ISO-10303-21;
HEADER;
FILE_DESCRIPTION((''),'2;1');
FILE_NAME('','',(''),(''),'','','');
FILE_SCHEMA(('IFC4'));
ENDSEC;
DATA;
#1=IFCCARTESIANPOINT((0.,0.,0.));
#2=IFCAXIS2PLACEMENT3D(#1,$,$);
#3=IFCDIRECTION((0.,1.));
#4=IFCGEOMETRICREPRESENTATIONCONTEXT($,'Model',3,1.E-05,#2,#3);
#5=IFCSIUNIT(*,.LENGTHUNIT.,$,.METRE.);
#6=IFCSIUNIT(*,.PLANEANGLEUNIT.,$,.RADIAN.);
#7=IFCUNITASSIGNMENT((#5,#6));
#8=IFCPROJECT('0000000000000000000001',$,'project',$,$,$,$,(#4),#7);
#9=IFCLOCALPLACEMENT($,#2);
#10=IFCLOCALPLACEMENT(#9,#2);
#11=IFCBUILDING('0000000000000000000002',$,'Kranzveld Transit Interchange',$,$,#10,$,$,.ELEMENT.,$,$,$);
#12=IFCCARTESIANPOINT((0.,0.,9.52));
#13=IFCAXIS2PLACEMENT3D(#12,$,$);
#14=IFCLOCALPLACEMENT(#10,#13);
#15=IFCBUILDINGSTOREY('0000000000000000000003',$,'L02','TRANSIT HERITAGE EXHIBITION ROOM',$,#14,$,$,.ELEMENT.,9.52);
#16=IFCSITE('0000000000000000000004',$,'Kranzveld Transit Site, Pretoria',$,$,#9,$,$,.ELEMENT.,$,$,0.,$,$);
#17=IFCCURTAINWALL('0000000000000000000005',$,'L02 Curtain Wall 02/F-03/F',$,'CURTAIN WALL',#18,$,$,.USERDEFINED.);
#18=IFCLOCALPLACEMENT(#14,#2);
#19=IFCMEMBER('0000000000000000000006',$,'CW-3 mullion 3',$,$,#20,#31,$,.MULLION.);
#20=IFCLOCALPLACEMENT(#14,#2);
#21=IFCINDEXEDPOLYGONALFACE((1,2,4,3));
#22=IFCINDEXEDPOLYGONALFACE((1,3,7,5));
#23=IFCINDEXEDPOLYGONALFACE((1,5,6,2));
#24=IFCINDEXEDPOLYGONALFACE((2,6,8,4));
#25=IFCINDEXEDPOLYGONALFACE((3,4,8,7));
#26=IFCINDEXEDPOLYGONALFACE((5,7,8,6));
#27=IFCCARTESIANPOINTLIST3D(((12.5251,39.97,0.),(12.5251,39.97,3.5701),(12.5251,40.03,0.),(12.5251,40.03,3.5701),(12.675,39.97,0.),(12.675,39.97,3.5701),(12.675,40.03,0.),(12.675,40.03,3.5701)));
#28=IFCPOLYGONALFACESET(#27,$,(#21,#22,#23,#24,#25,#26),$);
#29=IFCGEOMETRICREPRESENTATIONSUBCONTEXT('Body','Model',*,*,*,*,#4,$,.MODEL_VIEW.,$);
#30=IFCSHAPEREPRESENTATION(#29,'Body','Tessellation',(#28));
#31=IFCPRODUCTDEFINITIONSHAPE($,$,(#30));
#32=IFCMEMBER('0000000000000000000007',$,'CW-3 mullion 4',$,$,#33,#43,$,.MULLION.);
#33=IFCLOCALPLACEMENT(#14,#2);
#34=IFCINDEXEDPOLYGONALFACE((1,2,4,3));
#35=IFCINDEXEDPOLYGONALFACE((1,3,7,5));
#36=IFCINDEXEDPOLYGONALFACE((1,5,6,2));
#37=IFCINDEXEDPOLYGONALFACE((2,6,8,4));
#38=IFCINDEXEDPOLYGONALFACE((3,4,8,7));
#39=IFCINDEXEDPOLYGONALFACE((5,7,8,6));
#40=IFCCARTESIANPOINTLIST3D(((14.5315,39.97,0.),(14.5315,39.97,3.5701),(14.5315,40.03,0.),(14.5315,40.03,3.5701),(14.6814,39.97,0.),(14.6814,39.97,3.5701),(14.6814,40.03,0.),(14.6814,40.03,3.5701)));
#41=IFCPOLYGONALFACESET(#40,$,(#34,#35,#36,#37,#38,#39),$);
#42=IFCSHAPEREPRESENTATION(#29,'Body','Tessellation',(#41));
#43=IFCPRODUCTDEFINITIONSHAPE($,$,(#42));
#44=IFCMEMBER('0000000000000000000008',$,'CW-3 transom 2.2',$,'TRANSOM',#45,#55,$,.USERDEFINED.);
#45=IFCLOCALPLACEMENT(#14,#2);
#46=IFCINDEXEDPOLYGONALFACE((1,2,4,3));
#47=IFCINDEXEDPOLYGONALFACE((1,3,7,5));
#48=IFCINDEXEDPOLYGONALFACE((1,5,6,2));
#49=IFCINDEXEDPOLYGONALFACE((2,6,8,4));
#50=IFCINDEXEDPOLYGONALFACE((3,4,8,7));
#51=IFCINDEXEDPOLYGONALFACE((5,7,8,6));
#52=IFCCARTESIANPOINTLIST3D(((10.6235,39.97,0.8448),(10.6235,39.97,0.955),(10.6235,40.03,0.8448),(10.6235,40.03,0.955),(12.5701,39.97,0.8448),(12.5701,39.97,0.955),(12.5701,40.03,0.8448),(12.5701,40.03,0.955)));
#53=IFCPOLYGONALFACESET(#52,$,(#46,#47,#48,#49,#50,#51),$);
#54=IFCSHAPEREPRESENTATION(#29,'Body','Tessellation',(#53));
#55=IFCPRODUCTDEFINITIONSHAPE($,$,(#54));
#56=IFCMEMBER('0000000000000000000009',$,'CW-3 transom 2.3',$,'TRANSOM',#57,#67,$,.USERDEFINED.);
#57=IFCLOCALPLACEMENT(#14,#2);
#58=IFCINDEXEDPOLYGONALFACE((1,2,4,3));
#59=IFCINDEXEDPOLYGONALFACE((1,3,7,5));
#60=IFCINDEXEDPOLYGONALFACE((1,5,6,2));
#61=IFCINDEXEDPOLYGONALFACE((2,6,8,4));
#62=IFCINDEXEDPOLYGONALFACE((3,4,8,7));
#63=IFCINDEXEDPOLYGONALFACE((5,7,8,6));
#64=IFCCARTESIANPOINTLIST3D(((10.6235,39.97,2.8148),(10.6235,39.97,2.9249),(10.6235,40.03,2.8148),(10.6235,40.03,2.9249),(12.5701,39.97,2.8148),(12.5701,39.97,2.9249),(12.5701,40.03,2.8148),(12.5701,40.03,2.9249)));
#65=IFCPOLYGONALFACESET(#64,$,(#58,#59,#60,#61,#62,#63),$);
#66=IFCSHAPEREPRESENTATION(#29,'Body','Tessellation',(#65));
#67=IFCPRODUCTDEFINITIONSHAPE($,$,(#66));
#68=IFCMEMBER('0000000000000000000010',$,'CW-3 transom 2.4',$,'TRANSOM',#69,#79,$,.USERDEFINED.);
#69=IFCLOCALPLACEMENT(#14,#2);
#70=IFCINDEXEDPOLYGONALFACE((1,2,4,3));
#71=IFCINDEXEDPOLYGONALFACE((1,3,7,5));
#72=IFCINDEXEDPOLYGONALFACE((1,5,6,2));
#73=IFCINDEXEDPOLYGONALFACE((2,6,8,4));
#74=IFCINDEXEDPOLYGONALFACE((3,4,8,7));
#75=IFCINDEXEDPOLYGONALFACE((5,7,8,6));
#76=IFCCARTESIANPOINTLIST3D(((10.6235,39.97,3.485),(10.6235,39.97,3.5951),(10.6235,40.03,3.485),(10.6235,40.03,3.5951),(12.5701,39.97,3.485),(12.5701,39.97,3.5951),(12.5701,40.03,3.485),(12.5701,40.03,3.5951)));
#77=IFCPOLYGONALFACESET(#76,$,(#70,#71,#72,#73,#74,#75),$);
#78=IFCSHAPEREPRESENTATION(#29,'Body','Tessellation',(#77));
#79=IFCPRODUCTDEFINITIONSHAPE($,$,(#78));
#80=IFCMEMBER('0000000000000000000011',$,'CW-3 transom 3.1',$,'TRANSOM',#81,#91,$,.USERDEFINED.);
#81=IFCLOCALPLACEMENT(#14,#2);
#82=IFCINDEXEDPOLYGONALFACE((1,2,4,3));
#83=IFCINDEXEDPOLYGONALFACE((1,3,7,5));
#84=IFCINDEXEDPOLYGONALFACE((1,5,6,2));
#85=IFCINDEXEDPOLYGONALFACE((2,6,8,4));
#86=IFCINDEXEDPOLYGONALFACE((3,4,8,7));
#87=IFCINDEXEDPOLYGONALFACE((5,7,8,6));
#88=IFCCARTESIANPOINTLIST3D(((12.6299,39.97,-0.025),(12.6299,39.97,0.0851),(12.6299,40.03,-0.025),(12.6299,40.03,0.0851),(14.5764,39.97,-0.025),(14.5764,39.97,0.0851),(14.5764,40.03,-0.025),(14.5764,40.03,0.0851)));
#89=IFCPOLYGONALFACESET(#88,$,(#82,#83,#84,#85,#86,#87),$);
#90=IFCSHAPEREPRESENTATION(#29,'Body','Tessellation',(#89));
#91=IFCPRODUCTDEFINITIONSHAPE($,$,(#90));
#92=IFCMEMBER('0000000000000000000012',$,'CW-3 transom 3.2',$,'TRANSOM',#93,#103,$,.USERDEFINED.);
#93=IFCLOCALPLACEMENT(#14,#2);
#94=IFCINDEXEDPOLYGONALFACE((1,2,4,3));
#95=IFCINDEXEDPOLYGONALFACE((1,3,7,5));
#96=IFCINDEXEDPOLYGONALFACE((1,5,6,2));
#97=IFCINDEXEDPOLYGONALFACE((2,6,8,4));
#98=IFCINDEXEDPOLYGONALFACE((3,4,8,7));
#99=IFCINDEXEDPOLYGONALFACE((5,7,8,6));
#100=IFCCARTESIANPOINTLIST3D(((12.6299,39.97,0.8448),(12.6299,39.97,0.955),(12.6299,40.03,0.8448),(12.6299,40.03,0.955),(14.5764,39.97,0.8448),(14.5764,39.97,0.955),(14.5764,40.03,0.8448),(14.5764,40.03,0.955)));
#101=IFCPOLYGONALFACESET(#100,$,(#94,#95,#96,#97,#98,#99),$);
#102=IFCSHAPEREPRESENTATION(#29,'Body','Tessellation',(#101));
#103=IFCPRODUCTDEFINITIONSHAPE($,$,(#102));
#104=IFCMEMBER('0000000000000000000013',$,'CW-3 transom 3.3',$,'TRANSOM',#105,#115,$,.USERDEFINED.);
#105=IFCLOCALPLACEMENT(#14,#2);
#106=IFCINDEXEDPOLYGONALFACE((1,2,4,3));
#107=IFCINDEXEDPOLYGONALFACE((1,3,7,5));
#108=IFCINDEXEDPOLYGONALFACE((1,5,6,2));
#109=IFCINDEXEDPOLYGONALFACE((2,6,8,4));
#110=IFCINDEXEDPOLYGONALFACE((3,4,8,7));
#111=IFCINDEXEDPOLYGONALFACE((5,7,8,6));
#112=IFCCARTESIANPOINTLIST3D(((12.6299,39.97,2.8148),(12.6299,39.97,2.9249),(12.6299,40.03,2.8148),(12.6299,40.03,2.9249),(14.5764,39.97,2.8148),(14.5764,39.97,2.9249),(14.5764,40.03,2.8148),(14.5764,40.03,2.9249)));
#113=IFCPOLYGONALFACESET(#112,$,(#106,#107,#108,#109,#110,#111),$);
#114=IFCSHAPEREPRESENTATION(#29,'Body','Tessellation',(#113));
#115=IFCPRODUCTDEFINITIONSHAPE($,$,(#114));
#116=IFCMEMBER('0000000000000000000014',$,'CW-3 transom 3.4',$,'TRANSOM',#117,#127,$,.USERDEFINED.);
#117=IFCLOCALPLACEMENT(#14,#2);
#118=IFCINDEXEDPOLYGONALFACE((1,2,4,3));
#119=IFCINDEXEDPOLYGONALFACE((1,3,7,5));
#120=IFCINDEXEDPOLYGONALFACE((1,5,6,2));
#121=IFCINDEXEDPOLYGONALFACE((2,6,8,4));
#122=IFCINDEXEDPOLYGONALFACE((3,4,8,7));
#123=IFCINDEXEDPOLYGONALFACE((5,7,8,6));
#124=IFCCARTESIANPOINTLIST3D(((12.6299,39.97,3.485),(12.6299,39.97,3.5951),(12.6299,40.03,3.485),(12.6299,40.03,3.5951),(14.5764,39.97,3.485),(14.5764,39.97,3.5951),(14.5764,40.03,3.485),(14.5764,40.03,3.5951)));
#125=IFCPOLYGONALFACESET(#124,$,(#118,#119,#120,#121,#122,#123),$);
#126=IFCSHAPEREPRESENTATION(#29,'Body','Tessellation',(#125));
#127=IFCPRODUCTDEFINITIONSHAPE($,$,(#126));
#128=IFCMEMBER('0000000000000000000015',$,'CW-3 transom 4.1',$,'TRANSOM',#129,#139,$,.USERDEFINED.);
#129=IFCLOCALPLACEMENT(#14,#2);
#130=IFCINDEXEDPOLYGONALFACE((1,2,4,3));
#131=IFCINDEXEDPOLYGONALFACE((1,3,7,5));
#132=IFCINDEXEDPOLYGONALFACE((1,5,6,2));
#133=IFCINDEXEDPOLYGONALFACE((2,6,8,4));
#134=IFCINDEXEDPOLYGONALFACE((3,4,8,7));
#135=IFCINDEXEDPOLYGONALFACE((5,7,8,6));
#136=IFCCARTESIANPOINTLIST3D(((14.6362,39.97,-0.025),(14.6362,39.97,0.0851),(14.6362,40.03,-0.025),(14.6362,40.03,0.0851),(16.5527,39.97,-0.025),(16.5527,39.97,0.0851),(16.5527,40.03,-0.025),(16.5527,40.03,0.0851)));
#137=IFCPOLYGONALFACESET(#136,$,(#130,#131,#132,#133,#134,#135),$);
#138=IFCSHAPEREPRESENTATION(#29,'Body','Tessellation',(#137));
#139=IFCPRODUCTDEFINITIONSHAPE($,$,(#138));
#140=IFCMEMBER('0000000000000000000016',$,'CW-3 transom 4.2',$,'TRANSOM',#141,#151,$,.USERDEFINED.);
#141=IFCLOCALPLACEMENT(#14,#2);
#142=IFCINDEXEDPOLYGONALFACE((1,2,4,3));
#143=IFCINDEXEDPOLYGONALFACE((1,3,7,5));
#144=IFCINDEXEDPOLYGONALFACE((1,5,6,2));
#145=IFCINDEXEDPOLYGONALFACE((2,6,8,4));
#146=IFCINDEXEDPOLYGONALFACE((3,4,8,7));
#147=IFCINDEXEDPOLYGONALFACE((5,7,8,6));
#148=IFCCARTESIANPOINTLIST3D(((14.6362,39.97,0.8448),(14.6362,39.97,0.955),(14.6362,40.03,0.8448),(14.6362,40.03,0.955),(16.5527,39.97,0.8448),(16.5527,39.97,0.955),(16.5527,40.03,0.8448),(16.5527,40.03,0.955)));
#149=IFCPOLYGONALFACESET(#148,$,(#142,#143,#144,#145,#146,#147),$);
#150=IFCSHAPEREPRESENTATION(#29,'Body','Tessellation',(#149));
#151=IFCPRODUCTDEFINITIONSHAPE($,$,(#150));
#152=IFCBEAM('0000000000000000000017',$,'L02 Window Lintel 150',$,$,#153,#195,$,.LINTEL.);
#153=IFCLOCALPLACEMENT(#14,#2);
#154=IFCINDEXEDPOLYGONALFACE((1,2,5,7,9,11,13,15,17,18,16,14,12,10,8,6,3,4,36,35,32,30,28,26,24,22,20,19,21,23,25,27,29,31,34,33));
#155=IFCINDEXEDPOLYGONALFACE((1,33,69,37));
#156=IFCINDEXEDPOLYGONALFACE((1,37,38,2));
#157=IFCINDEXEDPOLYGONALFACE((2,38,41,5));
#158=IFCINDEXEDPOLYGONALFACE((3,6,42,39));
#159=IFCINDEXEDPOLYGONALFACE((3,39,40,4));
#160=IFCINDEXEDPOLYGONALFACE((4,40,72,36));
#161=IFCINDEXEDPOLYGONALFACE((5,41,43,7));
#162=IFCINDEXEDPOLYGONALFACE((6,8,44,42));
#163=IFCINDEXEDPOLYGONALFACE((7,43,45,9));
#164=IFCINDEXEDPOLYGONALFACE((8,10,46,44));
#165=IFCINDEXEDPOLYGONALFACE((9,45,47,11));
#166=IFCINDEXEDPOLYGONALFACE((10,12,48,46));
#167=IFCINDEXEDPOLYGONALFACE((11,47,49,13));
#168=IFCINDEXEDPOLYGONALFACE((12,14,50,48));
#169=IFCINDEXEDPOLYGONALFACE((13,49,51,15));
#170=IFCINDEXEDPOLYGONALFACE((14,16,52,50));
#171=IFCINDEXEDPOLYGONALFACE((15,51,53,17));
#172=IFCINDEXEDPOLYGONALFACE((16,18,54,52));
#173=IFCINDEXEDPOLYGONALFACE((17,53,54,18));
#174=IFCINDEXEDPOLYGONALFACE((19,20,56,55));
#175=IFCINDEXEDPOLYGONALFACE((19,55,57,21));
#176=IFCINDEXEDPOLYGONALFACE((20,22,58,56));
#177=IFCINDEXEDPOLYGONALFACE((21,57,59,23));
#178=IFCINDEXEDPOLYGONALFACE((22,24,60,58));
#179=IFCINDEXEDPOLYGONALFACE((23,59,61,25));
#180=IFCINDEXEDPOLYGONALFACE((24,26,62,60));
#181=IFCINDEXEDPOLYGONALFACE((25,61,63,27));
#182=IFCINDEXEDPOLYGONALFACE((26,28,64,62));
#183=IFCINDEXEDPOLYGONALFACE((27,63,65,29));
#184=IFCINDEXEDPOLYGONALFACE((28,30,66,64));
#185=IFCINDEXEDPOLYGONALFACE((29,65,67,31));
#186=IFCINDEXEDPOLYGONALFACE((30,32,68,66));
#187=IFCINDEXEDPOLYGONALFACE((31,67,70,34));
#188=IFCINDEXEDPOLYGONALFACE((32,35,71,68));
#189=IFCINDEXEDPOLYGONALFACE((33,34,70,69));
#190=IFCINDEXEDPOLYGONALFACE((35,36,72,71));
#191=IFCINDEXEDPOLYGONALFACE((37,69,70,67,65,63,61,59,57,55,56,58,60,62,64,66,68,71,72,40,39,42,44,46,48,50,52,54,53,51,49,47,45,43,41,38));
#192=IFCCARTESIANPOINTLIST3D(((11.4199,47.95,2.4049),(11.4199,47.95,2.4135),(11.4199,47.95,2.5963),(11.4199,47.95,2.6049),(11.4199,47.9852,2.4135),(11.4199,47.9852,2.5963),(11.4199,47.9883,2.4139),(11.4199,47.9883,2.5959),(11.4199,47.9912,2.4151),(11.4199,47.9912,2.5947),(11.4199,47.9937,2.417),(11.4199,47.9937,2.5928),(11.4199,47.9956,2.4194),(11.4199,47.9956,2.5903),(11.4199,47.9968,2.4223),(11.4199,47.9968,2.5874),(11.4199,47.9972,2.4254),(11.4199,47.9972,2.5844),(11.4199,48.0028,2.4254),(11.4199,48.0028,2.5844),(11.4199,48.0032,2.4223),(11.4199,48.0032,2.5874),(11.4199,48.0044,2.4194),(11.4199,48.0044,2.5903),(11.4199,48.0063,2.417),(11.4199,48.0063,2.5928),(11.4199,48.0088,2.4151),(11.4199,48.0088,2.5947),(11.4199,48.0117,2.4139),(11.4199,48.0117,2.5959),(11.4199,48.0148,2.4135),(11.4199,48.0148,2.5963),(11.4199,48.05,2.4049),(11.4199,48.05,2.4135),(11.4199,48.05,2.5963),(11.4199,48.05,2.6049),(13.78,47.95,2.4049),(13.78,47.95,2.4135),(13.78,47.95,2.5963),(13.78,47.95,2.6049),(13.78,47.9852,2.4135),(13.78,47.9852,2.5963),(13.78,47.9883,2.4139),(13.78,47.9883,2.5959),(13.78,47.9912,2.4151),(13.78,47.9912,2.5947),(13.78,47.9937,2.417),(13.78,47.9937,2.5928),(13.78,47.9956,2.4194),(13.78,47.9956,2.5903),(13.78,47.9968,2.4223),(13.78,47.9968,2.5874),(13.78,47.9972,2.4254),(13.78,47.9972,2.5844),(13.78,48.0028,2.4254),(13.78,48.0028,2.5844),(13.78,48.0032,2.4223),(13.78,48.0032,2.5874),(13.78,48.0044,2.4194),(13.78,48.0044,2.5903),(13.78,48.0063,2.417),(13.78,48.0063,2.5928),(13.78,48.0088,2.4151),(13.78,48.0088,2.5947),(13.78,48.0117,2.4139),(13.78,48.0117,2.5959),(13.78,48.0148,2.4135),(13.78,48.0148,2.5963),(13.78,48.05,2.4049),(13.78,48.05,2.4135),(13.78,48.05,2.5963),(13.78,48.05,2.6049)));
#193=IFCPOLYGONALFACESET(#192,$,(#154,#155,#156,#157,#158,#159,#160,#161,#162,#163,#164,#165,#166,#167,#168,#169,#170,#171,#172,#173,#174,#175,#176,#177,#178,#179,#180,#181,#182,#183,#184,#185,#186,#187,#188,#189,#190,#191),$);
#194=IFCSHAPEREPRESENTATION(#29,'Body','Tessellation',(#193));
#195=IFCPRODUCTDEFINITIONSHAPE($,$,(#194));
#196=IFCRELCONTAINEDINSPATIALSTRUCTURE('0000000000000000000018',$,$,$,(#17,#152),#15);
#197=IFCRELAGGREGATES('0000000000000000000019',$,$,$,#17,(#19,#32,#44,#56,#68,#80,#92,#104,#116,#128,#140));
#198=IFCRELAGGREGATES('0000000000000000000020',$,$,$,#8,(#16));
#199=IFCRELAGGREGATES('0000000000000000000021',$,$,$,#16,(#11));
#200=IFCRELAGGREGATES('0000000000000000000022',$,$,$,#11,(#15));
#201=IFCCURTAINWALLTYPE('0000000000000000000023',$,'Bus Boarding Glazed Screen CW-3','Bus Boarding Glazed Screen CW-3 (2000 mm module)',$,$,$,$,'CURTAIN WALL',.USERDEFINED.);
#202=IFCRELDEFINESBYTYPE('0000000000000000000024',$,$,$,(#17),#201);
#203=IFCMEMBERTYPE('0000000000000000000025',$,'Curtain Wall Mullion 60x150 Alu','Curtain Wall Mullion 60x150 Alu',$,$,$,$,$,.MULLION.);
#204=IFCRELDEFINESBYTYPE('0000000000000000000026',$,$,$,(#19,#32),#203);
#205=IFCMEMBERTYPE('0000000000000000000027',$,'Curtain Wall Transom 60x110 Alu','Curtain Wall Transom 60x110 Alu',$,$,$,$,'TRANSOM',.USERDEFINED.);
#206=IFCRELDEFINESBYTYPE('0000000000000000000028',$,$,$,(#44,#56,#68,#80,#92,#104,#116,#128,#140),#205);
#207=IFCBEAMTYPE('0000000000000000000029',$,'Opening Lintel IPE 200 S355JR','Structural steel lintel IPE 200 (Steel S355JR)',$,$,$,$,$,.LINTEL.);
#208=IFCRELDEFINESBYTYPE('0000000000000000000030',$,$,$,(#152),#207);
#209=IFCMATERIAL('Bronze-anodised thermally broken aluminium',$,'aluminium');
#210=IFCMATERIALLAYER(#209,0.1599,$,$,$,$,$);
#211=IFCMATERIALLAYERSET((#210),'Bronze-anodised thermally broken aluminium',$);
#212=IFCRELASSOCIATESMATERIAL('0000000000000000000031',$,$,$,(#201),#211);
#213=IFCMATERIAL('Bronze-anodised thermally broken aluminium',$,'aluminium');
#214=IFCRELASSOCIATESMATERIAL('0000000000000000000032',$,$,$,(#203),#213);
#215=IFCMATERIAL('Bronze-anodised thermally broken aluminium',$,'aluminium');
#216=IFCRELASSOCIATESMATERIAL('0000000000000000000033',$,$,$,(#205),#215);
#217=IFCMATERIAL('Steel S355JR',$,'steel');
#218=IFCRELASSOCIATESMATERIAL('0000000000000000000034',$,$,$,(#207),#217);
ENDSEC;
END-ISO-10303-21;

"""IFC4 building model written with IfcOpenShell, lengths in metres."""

from ifc_helpers import new_model, si_unit, direction, frame, origin, origin_2d, place, context, subcontext, project, spatial, rectangle, i_section, extrude, material, layer, layer_set, material_profile, profile_set, type_object, element, aggregate, save


model = new_model("IFC4")

# Units and contexts
model_context = context("Model", 3, precision=1e-05, world=origin(), true_north=direction((0.0, 1.0)))
body_context = subcontext(model_context, "Body", "Model", "MODEL_VIEW")
ifc_project = project(units=[si_unit("LENGTHUNIT", "METRE"), si_unit("PLANEANGLEUNIT", "RADIAN")], contexts=[model_context])

# Site, building, storey
site_placement = place(None, origin())
site = spatial("IfcSite", under=ifc_project, at=site_placement, Name="Kranzveld Transit Site, Pretoria", CompositionType="ELEMENT", RefElevation=0.0)
building_placement = place(site_placement, origin())
building = spatial("IfcBuilding", under=site, at=building_placement, Name="Kranzveld Transit Interchange", CompositionType="ELEMENT")
storey_placement = place(building_placement, frame((0.0, 0.0, 9.52)))
storey = spatial("IfcBuildingStorey", under=building, at=storey_placement, Name="L02", Description="TRANSIT HERITAGE EXHIBITION ROOM", CompositionType="ELEMENT", Elevation=9.52)

# Curtain wall, members
ifc_material_1 = material(Name="Bronze-anodised thermally broken aluminium", Category="aluminium")
ifc_layer_1 = layer(ifc_material_1, 0.1599)
ifc_layer_set_1 = layer_set([ifc_layer_1], Name="Bronze-anodised thermally broken aluminium")
curtain_wall_type = type_object("IfcCurtainWallType", Name="Bus Boarding Glazed Screen CW-3", Description="Bus Boarding Glazed Screen CW-3 (2000 mm module)", ElementType="CURTAIN WALL", PredefinedType="USERDEFINED", material=ifc_layer_set_1)
curtain_wall_placement = place(storey_placement, origin())
curtain_wall = element("IfcCurtainWall", 1, at=curtain_wall_placement, inside=storey, type_object=curtain_wall_type, Name="L02 Curtain Wall 02/F-03/F", ObjectType="CURTAIN WALL", PredefinedType="USERDEFINED")
ifc_material_2 = material(Name="Bronze-anodised thermally broken aluminium", Category="aluminium")
ifc_material_profile_1 = material_profile(ifc_material_2, rectangle(XDim=0.0601, YDim=0.1499, at=origin_2d()), Name="ALU MULLION 60x150")
ifc_profile_set_1 = profile_set([ifc_material_profile_1], Name="Bronze-anodised thermally broken aluminium")
member_type_1 = type_object("IfcMemberType", Name="Curtain Wall Mullion 60x150 Alu", Description="Curtain Wall Mullion 60x150 Alu", PredefinedType="MULLION", material=ifc_profile_set_1)
member_1_placement = place(storey_placement, frame((12.6001, 40.0, 0.0), z_axis=(0.0, 0.0, 1.0), x_axis=(0.0, 1.0, 0.0)))
member_1 = element("IfcMember", 2, at=member_1_placement, type_object=member_type_1, Name="CW-3 mullion 3", PredefinedType="MULLION", context=body_context, shape_type="SweptSolid", body=[
    extrude(rectangle(XDim=0.0601, YDim=0.1499, at=origin_2d()), origin(), (0.0, 0.0, 1.0), 3.5701),
])
member_2_placement = place(storey_placement, frame((14.6064, 40.0, 0.0), z_axis=(0.0, 0.0, 1.0), x_axis=(0.0, 1.0, 0.0)))
member_2 = element("IfcMember", 3, at=member_2_placement, type_object=member_type_1, Name="CW-3 mullion 4", PredefinedType="MULLION", context=body_context, shape_type="SweptSolid", body=[
    extrude(rectangle(XDim=0.0601, YDim=0.1499, at=origin_2d()), origin(), (0.0, 0.0, 1.0), 3.5701),
])
ifc_material_3 = material(Name="Bronze-anodised thermally broken aluminium", Category="aluminium")
ifc_material_profile_2 = material_profile(ifc_material_3, rectangle(XDim=0.0601, YDim=0.1101, at=origin_2d()), Name="ALU TRANSOM 60x110")
ifc_profile_set_2 = profile_set([ifc_material_profile_2], Name="Bronze-anodised thermally broken aluminium")
member_type_2 = type_object("IfcMemberType", Name="Curtain Wall Transom 60x110 Alu", Description="Curtain Wall Transom 60x110 Alu", ElementType="TRANSOM", PredefinedType="USERDEFINED", material=ifc_profile_set_2)
member_3_placement = place(storey_placement, frame((10.6235, 40.0, 0.8999), z_axis=(1.0, 0.0, 0.0), x_axis=(0.0, 1.0, 0.0)))
member_3 = element("IfcMember", 4, at=member_3_placement, type_object=member_type_2, Name="CW-3 transom 2.2", ObjectType="TRANSOM", PredefinedType="USERDEFINED", context=body_context, shape_type="SweptSolid", body=[
    extrude(rectangle(XDim=0.0601, YDim=0.1101, at=origin_2d()), origin(), (0.0, 0.0, 1.0), 1.9465),
])
member_4_placement = place(storey_placement, frame((10.6235, 40.0, 2.8699), z_axis=(1.0, 0.0, 0.0), x_axis=(0.0, 1.0, 0.0)))
member_4 = element("IfcMember", 5, at=member_4_placement, type_object=member_type_2, Name="CW-3 transom 2.3", ObjectType="TRANSOM", PredefinedType="USERDEFINED", context=body_context, shape_type="SweptSolid", body=[
    extrude(rectangle(XDim=0.0601, YDim=0.1101, at=origin_2d()), origin(), (0.0, 0.0, 1.0), 1.9465),
])
member_5_placement = place(storey_placement, frame((10.6235, 40.0, 3.54), z_axis=(1.0, 0.0, 0.0), x_axis=(0.0, 1.0, 0.0)))
member_5 = element("IfcMember", 6, at=member_5_placement, type_object=member_type_2, Name="CW-3 transom 2.4", ObjectType="TRANSOM", PredefinedType="USERDEFINED", context=body_context, shape_type="SweptSolid", body=[
    extrude(rectangle(XDim=0.0601, YDim=0.1101, at=origin_2d()), origin(), (0.0, 0.0, 1.0), 1.9465),
])
member_6_placement = place(storey_placement, frame((12.6299, 40.0, 0.03), z_axis=(1.0, 0.0, 0.0), x_axis=(0.0, 1.0, 0.0)))
member_6 = element("IfcMember", 7, at=member_6_placement, type_object=member_type_2, Name="CW-3 transom 3.1", ObjectType="TRANSOM", PredefinedType="USERDEFINED", context=body_context, shape_type="SweptSolid", body=[
    extrude(rectangle(XDim=0.0601, YDim=0.1101, at=origin_2d()), origin(), (0.0, 0.0, 1.0), 1.9465),
])
member_7_placement = place(storey_placement, frame((12.6299, 40.0, 0.8999), z_axis=(1.0, 0.0, 0.0), x_axis=(0.0, 1.0, 0.0)))
member_7 = element("IfcMember", 8, at=member_7_placement, type_object=member_type_2, Name="CW-3 transom 3.2", ObjectType="TRANSOM", PredefinedType="USERDEFINED", context=body_context, shape_type="SweptSolid", body=[
    extrude(rectangle(XDim=0.0601, YDim=0.1101, at=origin_2d()), origin(), (0.0, 0.0, 1.0), 1.9465),
])
member_8_placement = place(storey_placement, frame((12.6299, 40.0, 2.8699), z_axis=(1.0, 0.0, 0.0), x_axis=(0.0, 1.0, 0.0)))
member_8 = element("IfcMember", 9, at=member_8_placement, type_object=member_type_2, Name="CW-3 transom 3.3", ObjectType="TRANSOM", PredefinedType="USERDEFINED", context=body_context, shape_type="SweptSolid", body=[
    extrude(rectangle(XDim=0.0601, YDim=0.1101, at=origin_2d()), origin(), (0.0, 0.0, 1.0), 1.9465),
])
member_9_placement = place(storey_placement, frame((12.6299, 40.0, 3.54), z_axis=(1.0, 0.0, 0.0), x_axis=(0.0, 1.0, 0.0)))
member_9 = element("IfcMember", 10, at=member_9_placement, type_object=member_type_2, Name="CW-3 transom 3.4", ObjectType="TRANSOM", PredefinedType="USERDEFINED", context=body_context, shape_type="SweptSolid", body=[
    extrude(rectangle(XDim=0.0601, YDim=0.1101, at=origin_2d()), origin(), (0.0, 0.0, 1.0), 1.9465),
])
member_10_placement = place(storey_placement, frame((14.6362, 40.0, 0.03), z_axis=(1.0, 0.0, 0.0), x_axis=(0.0, 1.0, 0.0)))
member_10 = element("IfcMember", 11, at=member_10_placement, type_object=member_type_2, Name="CW-3 transom 4.1", ObjectType="TRANSOM", PredefinedType="USERDEFINED", context=body_context, shape_type="SweptSolid", body=[
    extrude(rectangle(XDim=0.0601, YDim=0.1101, at=origin_2d()), origin(), (0.0, 0.0, 1.0), 1.9165),
])
member_11_placement = place(storey_placement, frame((14.6362, 40.0, 0.8999), z_axis=(1.0, 0.0, 0.0), x_axis=(0.0, 1.0, 0.0)))
member_11 = element("IfcMember", 12, at=member_11_placement, type_object=member_type_2, Name="CW-3 transom 4.2", ObjectType="TRANSOM", PredefinedType="USERDEFINED", context=body_context, shape_type="SweptSolid", body=[
    extrude(rectangle(XDim=0.0601, YDim=0.1101, at=origin_2d()), origin(), (0.0, 0.0, 1.0), 1.9165),
])

# Beam
ifc_material_4 = material(Name="Steel S355JR", Category="steel")
ifc_material_profile_3 = material_profile(ifc_material_4, i_section(OverallWidth=0.1001, OverallDepth=0.2, WebThickness=0.0056, FlangeThickness=0.0085, FilletRadius=0.012, at=origin_2d()), Name="IPE 200")
ifc_profile_set_3 = profile_set([ifc_material_profile_3], Name="Steel S355JR")
beam_type = type_object("IfcBeamType", Name="Opening Lintel IPE 200 S355JR", Description="Structural steel lintel IPE 200 (Steel S355JR)", PredefinedType="LINTEL", material=ifc_profile_set_3)
beam_placement = place(storey_placement, frame((11.4199, 48.0, 2.5049), z_axis=(1.0, 0.0, 0.0), x_axis=(0.0, 1.0, 0.0)))
element("IfcBeam", 13, at=beam_placement, inside=storey, type_object=beam_type, Name="L02 Window Lintel 150", PredefinedType="LINTEL", context=body_context, shape_type="SweptSolid", body=[
    extrude(i_section(OverallWidth=0.1001, OverallDepth=0.2, WebThickness=0.0056, FlangeThickness=0.0085, FilletRadius=0.012, at=origin_2d()), origin(), (0.0, 0.0, 1.0), 2.3601),
])

aggregate(curtain_wall, [member_1, member_2, member_3, member_4, member_5, member_6, member_7, member_8, member_9, member_10, member_11])

save(model, "model.ifc")
